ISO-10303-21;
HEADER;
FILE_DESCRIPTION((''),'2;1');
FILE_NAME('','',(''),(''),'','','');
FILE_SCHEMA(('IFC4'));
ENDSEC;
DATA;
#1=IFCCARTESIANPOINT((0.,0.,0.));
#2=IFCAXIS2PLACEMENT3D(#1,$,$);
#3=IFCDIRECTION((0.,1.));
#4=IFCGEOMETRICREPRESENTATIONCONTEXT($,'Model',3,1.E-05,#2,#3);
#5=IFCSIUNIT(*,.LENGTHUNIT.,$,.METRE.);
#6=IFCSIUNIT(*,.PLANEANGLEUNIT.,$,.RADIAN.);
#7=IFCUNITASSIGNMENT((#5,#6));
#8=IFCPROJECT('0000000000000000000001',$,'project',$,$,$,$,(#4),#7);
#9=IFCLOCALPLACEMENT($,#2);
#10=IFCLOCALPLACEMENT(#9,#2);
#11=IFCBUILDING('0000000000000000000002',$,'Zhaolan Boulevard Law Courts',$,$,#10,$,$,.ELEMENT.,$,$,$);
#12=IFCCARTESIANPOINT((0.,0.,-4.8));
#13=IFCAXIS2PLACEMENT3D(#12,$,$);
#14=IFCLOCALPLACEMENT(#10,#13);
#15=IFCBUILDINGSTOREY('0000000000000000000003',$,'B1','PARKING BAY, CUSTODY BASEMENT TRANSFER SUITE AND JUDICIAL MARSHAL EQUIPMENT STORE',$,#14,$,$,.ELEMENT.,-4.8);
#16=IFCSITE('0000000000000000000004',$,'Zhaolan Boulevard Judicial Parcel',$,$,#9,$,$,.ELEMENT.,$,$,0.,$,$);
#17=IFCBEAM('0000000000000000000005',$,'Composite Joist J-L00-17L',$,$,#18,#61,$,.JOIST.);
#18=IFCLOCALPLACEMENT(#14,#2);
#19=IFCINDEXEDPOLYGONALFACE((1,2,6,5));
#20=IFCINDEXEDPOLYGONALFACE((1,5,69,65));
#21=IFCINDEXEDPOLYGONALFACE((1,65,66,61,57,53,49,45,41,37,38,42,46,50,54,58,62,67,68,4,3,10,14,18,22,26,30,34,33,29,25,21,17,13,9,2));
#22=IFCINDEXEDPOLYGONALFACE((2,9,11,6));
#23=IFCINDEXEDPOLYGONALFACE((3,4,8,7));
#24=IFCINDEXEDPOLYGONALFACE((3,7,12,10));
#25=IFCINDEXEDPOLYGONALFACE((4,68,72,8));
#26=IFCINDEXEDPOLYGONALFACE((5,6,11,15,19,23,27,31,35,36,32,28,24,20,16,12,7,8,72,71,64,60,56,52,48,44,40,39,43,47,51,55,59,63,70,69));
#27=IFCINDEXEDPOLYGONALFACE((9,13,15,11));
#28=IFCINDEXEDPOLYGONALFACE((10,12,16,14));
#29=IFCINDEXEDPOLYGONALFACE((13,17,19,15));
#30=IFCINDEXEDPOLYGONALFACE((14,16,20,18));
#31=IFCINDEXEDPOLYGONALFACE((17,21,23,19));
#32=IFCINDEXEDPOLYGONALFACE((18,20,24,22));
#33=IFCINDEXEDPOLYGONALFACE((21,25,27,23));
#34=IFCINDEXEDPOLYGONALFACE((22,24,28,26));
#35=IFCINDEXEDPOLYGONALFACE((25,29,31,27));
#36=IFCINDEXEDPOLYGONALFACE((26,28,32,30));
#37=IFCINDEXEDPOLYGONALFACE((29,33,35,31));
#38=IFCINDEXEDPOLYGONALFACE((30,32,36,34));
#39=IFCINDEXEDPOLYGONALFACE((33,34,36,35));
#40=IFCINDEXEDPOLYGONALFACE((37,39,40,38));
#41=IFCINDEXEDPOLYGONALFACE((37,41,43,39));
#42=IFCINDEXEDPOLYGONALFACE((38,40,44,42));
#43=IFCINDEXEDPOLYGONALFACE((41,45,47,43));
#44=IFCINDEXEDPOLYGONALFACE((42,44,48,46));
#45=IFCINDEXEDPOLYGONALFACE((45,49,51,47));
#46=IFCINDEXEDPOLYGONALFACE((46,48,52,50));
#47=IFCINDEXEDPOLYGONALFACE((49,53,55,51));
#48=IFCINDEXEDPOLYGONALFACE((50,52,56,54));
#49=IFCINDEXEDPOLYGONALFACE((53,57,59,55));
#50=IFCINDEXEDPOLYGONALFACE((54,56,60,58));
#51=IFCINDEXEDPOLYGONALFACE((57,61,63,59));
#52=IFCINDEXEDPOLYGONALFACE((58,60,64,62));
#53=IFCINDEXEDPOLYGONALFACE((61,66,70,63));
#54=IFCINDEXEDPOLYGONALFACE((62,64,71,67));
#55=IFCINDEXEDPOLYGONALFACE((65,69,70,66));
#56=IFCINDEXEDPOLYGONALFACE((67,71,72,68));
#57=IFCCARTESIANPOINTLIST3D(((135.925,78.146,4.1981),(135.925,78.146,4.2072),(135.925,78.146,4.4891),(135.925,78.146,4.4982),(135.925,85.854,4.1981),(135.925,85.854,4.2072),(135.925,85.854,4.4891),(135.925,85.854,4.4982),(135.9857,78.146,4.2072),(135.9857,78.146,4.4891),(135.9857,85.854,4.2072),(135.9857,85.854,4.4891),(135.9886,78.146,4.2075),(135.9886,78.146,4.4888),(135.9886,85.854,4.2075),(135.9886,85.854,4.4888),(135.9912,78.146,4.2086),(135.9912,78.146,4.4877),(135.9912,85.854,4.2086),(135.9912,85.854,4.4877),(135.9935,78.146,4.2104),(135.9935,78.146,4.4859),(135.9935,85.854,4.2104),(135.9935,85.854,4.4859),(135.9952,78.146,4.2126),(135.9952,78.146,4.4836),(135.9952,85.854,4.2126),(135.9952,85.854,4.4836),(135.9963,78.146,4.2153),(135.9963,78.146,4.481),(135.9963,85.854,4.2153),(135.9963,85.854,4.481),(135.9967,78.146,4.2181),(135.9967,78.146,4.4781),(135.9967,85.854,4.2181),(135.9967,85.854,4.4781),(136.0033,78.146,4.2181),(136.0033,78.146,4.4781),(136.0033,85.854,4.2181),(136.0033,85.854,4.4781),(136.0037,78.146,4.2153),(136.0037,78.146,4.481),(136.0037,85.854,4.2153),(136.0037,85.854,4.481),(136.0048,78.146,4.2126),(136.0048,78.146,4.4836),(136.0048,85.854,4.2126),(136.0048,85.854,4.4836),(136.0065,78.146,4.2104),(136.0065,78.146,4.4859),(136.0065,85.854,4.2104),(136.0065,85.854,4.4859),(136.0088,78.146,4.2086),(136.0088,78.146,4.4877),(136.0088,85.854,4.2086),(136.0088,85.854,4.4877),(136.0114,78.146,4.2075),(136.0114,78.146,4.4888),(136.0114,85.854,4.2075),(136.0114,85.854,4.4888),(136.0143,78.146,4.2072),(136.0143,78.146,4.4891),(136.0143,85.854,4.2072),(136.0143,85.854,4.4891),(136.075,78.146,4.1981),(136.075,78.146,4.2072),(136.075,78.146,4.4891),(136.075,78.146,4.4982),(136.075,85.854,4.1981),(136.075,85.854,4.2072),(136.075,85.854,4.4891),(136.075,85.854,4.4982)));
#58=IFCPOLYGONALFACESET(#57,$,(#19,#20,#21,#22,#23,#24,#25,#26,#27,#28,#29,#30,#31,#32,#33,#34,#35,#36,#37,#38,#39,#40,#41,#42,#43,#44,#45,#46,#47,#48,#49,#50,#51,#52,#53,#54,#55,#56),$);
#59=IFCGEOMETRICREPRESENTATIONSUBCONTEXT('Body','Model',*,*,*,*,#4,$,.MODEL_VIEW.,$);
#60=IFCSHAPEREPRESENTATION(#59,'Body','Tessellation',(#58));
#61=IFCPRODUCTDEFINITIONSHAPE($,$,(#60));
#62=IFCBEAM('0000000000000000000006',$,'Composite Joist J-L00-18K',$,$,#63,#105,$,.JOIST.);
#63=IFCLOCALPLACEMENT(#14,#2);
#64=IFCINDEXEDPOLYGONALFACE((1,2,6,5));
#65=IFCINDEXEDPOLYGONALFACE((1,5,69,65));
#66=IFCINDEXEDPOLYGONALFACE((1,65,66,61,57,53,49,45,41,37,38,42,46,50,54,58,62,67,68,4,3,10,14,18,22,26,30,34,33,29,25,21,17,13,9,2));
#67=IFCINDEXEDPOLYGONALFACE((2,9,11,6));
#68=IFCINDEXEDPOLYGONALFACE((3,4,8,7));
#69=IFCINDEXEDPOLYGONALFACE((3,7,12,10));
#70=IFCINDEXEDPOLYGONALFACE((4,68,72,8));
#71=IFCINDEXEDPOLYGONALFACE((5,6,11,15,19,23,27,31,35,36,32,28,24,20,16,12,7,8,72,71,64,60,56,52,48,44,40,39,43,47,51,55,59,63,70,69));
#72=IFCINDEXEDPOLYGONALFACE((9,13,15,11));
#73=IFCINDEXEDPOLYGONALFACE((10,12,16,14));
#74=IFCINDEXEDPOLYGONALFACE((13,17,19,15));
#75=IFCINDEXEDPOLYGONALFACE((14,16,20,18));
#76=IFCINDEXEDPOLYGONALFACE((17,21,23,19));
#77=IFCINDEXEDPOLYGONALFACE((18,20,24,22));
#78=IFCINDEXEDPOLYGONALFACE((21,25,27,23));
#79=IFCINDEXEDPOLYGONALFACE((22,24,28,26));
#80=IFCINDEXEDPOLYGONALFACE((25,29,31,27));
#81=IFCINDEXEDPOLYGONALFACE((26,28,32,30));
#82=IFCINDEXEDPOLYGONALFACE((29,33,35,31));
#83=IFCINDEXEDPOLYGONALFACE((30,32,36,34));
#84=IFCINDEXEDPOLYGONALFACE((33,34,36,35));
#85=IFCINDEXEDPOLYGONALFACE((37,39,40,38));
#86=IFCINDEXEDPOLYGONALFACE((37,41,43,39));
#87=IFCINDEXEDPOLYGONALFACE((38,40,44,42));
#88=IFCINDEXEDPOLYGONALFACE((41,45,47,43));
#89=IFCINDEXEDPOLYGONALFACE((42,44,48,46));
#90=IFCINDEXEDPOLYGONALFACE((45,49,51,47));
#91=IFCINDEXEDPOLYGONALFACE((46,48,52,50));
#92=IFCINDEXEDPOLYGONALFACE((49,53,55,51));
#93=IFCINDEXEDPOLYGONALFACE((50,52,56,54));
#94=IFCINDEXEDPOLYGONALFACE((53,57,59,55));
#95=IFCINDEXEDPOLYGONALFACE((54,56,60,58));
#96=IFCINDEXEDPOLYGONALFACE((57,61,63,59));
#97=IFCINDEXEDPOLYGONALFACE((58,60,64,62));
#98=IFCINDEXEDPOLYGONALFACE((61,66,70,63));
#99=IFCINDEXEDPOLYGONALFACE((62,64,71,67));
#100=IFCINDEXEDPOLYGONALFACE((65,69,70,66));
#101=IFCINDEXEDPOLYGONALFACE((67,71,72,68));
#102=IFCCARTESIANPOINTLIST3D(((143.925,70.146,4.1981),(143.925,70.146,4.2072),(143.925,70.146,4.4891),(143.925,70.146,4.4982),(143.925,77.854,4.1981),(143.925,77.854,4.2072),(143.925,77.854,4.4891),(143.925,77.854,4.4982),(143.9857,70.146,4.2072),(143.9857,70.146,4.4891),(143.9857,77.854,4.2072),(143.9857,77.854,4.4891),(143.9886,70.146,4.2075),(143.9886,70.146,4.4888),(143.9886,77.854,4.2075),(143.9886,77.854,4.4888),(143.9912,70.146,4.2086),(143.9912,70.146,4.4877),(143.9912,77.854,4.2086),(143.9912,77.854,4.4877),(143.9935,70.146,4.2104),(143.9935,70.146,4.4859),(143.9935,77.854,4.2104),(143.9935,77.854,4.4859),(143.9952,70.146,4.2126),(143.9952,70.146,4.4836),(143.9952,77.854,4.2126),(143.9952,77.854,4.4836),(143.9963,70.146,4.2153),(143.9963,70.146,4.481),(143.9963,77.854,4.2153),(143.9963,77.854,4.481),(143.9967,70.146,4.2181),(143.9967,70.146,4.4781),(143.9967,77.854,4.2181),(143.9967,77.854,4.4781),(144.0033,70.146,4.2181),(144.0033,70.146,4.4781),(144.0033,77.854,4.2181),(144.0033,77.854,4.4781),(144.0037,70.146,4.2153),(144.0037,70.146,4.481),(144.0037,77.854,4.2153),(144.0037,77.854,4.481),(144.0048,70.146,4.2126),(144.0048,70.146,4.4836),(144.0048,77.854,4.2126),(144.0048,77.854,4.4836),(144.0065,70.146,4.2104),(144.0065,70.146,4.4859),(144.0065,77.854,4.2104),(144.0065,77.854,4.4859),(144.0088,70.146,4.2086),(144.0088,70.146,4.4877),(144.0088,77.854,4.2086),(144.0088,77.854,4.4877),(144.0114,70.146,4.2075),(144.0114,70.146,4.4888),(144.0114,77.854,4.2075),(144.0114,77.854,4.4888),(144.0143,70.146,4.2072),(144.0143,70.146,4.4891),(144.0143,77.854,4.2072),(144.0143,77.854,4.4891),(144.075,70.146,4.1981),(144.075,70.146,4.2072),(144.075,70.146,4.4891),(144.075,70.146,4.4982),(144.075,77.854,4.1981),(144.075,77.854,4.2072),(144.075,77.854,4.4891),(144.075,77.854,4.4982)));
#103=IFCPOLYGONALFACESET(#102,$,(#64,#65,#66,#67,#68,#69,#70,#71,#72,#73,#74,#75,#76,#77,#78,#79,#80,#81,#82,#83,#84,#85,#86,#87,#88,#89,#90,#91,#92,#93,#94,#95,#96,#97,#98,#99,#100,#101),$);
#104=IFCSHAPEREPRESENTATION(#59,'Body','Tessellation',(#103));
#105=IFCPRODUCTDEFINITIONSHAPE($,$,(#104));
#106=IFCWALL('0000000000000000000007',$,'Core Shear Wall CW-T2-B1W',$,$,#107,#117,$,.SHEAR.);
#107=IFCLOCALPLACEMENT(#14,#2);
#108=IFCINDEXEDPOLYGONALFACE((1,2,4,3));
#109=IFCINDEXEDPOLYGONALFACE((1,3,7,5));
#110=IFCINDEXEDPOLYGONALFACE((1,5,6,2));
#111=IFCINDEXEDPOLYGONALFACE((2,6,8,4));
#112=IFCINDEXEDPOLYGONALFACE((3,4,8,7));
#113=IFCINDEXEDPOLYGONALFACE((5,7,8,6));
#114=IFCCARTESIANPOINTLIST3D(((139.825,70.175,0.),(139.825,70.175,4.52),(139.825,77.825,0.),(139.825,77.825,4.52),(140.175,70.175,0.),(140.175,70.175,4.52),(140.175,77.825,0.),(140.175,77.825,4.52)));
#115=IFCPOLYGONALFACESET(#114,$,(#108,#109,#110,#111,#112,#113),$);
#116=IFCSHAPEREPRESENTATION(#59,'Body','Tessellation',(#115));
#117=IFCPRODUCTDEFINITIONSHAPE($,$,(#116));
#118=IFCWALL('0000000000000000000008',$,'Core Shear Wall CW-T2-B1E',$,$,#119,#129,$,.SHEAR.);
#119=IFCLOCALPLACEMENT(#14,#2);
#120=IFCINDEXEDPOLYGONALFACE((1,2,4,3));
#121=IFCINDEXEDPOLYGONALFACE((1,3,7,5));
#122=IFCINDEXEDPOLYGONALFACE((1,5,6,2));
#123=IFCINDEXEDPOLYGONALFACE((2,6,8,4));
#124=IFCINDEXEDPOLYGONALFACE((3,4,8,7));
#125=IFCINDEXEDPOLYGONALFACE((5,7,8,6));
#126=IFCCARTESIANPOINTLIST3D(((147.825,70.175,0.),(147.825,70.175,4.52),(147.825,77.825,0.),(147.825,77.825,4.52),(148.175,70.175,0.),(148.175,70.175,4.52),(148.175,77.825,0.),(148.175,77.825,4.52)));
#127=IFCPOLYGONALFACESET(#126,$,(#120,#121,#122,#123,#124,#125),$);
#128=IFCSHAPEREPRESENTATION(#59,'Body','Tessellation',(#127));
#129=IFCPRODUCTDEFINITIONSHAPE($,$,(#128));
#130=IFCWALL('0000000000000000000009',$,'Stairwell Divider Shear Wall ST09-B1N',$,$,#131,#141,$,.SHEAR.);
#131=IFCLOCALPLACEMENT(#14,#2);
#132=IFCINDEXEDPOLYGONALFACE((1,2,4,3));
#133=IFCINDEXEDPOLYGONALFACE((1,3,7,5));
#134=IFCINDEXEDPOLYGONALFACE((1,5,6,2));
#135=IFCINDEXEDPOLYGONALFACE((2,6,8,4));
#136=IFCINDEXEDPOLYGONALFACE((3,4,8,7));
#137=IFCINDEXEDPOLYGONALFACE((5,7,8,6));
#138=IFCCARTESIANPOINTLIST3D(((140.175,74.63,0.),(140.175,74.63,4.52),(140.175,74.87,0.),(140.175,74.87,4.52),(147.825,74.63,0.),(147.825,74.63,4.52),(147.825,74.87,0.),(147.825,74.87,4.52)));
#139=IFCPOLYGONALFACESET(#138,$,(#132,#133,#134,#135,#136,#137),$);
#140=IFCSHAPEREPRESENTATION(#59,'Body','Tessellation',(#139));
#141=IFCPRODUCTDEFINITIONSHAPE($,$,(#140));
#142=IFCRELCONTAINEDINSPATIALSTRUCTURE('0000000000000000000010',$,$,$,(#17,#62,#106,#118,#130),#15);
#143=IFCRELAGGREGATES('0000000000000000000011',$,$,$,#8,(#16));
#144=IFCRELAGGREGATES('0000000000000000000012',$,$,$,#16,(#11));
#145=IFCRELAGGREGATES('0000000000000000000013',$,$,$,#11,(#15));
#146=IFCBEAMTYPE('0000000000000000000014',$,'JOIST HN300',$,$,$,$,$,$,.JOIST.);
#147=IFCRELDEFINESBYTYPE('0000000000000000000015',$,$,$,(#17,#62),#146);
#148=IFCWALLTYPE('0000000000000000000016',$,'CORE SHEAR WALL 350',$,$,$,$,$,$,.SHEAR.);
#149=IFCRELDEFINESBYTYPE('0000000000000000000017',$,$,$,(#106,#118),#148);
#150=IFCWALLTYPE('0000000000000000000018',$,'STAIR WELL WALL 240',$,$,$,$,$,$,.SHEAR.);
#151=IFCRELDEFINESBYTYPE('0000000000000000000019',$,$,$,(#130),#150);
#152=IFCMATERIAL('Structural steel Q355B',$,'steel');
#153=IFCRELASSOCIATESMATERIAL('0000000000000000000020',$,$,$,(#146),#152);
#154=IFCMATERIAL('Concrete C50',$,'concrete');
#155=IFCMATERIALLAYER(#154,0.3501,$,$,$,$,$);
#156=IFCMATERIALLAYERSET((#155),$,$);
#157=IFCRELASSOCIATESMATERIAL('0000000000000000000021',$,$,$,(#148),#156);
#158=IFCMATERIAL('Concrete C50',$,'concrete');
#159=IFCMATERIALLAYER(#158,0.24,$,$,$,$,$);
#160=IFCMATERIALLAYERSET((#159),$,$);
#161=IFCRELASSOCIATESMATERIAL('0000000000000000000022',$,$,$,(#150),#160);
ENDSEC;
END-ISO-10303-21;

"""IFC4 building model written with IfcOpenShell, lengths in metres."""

from ifc_helpers import new_model, si_unit, direction, frame, frame_2d, origin, origin_2d, place, context, subcontext, project, spatial, rectangle, i_section, extrude, material, layer, layer_set, material_profile, profile_set, type_object, element, save


model = new_model("IFC4")

# Units and contexts
model_context = context("Model", 3, precision=1e-05, world=origin(), true_north=direction((0.0, 1.0)))
body_context = subcontext(model_context, "Body", "Model", "MODEL_VIEW")
ifc_project = project(units=[si_unit("LENGTHUNIT", "METRE"), si_unit("PLANEANGLEUNIT", "RADIAN")], contexts=[model_context])

# Site, building, storey
site_placement = place(None, origin())
site = spatial("IfcSite", under=ifc_project, at=site_placement, Name="Zhaolan Boulevard Judicial Parcel", CompositionType="ELEMENT", RefElevation=0.0)
building_placement = place(site_placement, origin())
building = spatial("IfcBuilding", under=site, at=building_placement, Name="Zhaolan Boulevard Law Courts", CompositionType="ELEMENT")
storey_placement = place(building_placement, frame((0.0, 0.0, -4.8)))
storey = spatial("IfcBuildingStorey", under=building, at=storey_placement, Name="B1", Description="PARKING BAY, CUSTODY BASEMENT TRANSFER SUITE AND JUDICIAL MARSHAL EQUIPMENT STORE", CompositionType="ELEMENT", Elevation=-4.8)

# Beams
ifc_material_1 = material(Name="Structural steel Q355B", Category="steel")
ifc_material_profile_1 = material_profile(ifc_material_1, i_section(OverallWidth=0.1499, OverallDepth=0.3, WebThickness=0.0066, FlangeThickness=0.009, FilletRadius=0.011, at=origin_2d()), Name="HN300x150")
ifc_profile_set_1 = profile_set([ifc_material_profile_1], Name="Structural steel Q355B")
beam_type_1 = type_object("IfcBeamType", Name="JOIST HN300", PredefinedType="JOIST", material=ifc_profile_set_1)
for number, where, z_axis, x_axis, name in (
    (1, (136.0, 78.146, 4.3481), (0.0, 1.0, 0.0), (-1.0, 0.0, 0.0), "Composite Joist J-L00-17L"),
    (2, (144.0, 70.146, 4.3481), (0.0, 1.0, 0.0), (-1.0, 0.0, 0.0), "Composite Joist J-L00-18K"),
):
    element("IfcBeam", number, at=place(storey_placement, frame(where, z_axis=z_axis, x_axis=x_axis)), inside=storey, type_object=beam_type_1, Name=name, PredefinedType="JOIST", context=body_context, shape_type="SweptSolid", body=[
        extrude(i_section(OverallWidth=0.1499, OverallDepth=0.3, WebThickness=0.0066, FlangeThickness=0.009, FilletRadius=0.011, at=origin_2d()), origin(), (0.0, 0.0, 1.0), 7.708),
    ])

# Walls
ifc_material_2 = material(Name="Concrete C50", Category="concrete")
ifc_layer_1 = layer(ifc_material_2, 0.3501)
ifc_layer_set_1 = layer_set([ifc_layer_1])
wall_type_1 = type_object("IfcWallType", Name="CORE SHEAR WALL 350", PredefinedType="SHEAR", material=ifc_layer_set_1)
for number, where, z_axis, x_axis, name in (
    (3, (140.0, 70.175, 0.0), (0.0, 0.0, 1.0), (0.0, 1.0, 0.0), "Core Shear Wall CW-T2-B1W"),
    (4, (148.0, 70.175, 0.0), (0.0, 0.0, 1.0), (0.0, 1.0, 0.0), "Core Shear Wall CW-T2-B1E"),
):
    element("IfcWall", number, at=place(storey_placement, frame(where, z_axis=z_axis, x_axis=x_axis)), inside=storey, type_object=wall_type_1, Name=name, PredefinedType="SHEAR", context=body_context, shape_type="SweptSolid", body=[
        extrude(rectangle(XDim=7.6499, YDim=0.3501, at=frame_2d((3.825, 0.0))), origin(), (0.0, 0.0, 1.0), 4.52),
    ])
ifc_material_3 = material(Name="Concrete C50", Category="concrete")
ifc_layer_2 = layer(ifc_material_3, 0.24)
ifc_layer_set_2 = layer_set([ifc_layer_2])
wall_type_2 = type_object("IfcWallType", Name="STAIR WELL WALL 240", PredefinedType="SHEAR", material=ifc_layer_set_2)
wall_placement = place(storey_placement, frame((140.175, 74.75, 0.0), z_axis=(0.0, 0.0, 1.0), x_axis=(1.0, 0.0, 0.0)))
element("IfcWall", 5, at=wall_placement, inside=storey, type_object=wall_type_2, Name="Stairwell Divider Shear Wall ST09-B1N", PredefinedType="SHEAR", context=body_context, shape_type="SweptSolid", body=[
    extrude(rectangle(XDim=7.6499, YDim=0.24, at=frame_2d((3.825, 0.0))), origin(), (0.0, 0.0, 1.0), 4.52),
])

save(model, "model.ifc")
